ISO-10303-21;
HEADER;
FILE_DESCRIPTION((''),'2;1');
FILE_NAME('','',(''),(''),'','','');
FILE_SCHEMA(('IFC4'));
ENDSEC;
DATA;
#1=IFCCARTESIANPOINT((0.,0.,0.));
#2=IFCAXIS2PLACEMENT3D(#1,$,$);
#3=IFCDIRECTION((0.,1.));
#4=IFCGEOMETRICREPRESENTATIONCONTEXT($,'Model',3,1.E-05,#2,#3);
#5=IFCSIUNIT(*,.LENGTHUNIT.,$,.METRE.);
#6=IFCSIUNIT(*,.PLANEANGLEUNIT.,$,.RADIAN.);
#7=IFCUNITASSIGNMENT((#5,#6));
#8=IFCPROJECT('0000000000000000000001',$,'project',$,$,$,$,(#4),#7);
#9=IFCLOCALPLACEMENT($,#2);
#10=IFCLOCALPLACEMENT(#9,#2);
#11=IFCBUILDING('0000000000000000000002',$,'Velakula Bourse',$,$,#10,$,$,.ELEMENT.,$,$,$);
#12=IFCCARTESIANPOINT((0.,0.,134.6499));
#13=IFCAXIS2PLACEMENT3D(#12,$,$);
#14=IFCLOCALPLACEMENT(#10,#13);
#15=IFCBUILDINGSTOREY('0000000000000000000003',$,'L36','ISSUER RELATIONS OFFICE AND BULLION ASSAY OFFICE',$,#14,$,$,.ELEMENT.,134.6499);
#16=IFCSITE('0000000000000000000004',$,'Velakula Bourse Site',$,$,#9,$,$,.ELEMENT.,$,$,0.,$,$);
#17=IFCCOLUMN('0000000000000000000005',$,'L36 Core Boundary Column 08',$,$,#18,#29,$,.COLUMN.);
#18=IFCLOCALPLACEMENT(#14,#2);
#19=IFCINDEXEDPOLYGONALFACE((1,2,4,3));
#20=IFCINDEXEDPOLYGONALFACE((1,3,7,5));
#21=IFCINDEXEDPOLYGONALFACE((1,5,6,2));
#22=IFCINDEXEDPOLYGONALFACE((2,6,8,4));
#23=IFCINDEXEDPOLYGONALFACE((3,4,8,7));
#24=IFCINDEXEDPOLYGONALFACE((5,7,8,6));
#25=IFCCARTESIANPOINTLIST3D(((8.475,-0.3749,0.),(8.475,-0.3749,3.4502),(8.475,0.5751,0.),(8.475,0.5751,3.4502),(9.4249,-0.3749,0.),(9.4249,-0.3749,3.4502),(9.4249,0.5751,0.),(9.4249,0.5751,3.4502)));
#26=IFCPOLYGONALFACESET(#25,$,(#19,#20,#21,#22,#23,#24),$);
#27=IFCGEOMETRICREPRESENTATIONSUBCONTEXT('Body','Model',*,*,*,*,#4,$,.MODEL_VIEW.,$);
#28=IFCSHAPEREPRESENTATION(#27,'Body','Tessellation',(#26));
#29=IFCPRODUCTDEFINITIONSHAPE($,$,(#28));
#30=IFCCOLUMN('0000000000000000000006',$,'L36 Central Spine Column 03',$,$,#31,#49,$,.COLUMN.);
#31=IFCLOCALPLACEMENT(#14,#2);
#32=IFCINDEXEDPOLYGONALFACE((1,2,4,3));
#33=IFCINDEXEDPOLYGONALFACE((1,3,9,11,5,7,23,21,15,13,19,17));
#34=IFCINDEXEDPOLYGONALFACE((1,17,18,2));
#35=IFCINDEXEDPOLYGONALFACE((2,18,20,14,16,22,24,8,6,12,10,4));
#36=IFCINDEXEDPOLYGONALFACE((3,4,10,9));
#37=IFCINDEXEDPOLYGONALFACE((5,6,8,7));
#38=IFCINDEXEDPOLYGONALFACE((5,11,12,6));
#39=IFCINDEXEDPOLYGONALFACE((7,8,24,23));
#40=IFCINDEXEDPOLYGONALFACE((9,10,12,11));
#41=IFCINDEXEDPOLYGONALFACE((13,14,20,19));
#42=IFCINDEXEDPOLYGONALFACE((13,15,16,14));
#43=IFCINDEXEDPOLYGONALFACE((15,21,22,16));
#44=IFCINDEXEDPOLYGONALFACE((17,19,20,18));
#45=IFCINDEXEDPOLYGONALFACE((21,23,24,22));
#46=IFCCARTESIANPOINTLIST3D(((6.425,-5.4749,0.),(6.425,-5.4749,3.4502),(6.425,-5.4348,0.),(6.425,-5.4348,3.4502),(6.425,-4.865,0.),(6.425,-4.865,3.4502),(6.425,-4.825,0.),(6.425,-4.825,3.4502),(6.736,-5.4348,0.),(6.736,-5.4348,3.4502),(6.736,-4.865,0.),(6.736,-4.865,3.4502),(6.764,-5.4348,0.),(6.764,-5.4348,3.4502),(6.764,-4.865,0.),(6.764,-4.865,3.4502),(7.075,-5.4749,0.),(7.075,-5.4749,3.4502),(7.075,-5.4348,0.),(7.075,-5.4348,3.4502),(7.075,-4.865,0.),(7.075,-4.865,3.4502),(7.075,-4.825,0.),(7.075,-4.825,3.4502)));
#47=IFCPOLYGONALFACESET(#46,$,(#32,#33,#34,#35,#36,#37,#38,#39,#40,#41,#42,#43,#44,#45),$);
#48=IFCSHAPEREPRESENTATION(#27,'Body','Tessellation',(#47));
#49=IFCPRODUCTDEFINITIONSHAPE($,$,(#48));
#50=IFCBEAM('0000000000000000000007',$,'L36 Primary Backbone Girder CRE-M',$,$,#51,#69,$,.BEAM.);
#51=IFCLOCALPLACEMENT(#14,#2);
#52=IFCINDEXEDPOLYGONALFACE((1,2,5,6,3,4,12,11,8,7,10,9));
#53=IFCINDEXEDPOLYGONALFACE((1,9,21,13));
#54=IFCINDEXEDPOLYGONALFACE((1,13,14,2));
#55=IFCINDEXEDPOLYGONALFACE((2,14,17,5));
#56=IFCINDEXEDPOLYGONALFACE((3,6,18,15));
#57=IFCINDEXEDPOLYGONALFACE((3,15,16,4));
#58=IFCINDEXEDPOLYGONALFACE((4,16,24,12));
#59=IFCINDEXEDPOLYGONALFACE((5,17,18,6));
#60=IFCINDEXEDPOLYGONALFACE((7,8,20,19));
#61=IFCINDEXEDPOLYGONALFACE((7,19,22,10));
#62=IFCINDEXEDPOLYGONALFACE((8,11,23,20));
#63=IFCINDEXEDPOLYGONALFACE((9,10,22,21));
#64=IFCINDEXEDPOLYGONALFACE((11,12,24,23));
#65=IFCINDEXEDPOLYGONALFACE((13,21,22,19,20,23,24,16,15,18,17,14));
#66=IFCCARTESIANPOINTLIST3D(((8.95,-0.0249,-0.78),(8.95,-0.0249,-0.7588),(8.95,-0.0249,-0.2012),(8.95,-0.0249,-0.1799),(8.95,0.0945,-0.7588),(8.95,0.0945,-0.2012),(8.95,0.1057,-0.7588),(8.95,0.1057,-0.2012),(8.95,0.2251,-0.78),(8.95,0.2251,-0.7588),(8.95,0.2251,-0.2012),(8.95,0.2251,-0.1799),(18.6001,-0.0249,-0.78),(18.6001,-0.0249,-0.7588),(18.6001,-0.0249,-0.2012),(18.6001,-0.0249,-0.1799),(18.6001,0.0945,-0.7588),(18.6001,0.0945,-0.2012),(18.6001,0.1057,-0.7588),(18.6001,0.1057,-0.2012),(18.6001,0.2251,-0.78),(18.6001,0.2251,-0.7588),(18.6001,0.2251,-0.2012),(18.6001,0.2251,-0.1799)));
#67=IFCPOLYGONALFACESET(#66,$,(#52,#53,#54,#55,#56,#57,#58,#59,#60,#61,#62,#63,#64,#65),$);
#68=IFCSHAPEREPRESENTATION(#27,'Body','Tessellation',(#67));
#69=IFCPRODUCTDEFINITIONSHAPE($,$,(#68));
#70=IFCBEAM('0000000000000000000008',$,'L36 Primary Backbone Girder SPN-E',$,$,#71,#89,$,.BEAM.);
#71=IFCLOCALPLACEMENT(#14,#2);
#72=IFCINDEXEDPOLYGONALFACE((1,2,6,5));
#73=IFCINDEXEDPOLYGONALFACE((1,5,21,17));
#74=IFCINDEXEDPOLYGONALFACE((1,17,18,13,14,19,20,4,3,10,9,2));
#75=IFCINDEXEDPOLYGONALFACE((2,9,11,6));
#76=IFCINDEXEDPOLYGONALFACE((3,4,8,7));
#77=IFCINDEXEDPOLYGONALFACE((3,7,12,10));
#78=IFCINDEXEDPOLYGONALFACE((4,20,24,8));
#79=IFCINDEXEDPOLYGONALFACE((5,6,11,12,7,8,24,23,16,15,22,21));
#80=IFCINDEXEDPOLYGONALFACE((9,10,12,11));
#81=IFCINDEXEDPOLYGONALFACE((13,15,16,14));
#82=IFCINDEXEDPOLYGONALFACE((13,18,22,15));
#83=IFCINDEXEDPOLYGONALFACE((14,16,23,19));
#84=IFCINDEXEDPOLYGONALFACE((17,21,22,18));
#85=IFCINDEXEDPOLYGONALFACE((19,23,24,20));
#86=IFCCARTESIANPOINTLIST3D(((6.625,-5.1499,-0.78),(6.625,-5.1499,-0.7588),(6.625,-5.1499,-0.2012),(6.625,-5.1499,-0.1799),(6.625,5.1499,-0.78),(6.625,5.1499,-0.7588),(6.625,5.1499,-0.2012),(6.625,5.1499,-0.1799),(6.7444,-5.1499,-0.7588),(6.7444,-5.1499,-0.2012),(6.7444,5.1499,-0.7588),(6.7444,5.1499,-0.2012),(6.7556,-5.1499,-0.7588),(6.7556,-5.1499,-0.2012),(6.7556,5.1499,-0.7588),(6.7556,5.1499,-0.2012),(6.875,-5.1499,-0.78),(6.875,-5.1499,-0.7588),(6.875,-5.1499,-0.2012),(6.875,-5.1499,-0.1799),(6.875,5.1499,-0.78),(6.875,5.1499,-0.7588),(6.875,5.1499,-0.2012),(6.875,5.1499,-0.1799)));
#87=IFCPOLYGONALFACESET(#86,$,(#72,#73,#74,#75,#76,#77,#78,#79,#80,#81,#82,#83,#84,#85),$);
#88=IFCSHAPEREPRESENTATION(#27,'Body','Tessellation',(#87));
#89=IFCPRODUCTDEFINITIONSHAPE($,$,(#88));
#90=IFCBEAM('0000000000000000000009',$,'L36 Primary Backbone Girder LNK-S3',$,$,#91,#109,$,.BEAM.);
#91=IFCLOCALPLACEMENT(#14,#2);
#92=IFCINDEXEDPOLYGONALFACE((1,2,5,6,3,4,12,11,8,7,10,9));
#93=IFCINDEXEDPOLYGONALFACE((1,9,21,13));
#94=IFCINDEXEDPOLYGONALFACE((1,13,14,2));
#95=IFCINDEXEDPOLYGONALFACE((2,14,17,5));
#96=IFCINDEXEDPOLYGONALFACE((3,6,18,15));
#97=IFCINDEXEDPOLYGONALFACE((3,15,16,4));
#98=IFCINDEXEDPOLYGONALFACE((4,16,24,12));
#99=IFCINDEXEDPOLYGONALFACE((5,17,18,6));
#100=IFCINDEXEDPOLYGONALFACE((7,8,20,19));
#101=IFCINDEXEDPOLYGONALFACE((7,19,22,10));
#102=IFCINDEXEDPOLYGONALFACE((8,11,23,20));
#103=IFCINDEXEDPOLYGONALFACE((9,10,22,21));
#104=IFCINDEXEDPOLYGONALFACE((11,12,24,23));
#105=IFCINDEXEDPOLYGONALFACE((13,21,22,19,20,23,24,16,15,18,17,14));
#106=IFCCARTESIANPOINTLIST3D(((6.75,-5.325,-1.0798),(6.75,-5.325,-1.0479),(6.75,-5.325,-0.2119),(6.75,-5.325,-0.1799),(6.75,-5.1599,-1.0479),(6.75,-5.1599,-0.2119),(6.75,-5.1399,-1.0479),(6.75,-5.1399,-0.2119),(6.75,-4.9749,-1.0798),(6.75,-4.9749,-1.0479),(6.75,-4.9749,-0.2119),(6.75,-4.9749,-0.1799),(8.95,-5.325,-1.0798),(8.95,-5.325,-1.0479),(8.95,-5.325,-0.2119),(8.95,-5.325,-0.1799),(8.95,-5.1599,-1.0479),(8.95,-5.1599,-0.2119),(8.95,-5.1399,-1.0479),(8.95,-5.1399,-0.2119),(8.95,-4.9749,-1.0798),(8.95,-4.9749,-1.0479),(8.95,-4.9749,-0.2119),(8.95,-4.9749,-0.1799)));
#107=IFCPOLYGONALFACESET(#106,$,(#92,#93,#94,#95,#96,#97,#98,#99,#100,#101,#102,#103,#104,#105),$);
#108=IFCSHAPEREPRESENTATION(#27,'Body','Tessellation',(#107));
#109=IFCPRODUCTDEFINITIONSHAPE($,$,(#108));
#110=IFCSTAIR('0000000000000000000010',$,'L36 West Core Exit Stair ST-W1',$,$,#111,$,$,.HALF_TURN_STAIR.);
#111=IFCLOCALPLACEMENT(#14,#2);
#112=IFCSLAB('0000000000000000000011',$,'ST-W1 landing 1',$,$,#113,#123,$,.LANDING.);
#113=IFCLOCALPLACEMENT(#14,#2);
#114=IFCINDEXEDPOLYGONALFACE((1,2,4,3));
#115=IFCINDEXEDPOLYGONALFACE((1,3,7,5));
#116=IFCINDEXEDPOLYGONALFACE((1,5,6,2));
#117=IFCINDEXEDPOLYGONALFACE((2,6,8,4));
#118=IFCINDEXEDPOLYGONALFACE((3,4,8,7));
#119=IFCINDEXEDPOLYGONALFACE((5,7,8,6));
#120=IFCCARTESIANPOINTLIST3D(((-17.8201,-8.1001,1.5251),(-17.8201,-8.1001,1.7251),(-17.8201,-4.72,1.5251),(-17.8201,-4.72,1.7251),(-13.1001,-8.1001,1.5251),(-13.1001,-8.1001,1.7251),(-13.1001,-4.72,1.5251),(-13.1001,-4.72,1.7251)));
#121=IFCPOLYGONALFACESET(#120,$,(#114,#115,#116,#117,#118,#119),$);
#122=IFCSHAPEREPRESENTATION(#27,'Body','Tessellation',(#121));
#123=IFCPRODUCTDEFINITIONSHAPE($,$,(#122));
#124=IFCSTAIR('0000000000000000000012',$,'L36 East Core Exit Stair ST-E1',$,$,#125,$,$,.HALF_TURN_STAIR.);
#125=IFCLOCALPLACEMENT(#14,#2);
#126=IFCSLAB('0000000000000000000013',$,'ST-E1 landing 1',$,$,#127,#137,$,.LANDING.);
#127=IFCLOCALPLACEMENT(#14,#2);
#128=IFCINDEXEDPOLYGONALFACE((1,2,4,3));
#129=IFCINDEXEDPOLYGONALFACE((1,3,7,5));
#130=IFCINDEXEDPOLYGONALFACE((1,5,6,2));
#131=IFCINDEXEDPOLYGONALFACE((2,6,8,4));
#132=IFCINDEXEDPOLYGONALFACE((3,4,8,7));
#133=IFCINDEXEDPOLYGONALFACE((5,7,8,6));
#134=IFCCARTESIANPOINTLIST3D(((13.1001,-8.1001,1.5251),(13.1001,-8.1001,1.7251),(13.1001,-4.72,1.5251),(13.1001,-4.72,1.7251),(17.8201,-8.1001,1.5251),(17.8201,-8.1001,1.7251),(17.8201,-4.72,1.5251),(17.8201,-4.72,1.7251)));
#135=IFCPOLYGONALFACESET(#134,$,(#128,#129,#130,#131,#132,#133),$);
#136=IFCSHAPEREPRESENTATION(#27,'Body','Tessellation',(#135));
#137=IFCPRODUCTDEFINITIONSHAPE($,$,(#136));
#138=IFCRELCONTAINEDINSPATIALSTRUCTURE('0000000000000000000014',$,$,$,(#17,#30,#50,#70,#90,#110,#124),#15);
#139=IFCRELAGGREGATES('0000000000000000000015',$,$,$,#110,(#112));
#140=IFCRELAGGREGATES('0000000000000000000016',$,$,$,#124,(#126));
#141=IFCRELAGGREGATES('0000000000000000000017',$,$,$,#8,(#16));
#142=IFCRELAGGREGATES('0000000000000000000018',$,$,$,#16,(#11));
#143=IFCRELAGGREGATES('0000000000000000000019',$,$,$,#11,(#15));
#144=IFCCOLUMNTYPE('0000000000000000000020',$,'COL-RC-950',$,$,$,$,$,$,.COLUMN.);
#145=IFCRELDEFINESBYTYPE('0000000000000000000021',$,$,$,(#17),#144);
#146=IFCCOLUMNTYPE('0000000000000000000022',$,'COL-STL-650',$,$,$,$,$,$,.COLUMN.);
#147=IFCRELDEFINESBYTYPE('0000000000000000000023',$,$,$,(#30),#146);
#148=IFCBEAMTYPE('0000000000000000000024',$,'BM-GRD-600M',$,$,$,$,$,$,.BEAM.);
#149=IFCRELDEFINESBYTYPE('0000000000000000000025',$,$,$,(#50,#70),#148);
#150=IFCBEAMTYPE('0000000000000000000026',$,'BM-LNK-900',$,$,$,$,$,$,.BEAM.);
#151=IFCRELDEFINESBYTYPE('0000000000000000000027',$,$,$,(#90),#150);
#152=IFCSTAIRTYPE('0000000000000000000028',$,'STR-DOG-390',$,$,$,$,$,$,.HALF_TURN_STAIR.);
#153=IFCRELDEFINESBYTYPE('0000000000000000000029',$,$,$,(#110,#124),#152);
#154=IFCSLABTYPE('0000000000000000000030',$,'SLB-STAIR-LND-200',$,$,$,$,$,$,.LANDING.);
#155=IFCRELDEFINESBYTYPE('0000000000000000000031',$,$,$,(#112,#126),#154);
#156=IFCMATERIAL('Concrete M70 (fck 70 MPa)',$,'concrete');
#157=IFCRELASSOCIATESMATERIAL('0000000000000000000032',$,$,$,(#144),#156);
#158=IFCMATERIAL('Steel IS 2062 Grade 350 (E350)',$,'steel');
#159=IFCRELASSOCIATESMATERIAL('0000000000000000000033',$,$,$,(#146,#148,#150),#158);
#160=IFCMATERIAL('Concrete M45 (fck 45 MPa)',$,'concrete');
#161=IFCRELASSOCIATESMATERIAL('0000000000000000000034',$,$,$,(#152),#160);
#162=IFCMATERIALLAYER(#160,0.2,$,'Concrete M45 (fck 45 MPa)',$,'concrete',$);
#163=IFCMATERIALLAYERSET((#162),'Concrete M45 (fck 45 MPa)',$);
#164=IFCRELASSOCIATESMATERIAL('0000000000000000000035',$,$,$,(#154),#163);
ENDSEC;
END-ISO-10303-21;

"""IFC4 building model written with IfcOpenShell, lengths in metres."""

from ifc_helpers import new_model, si_unit, direction, frame, origin, origin_2d, place, context, subcontext, project, spatial, polyline, rectangle, i_section, outline, extrude, material, layer, layer_set, material_profile, profile_set, type_object, element, aggregate, save


model = new_model("IFC4")

# Units and contexts
model_context = context("Model", 3, precision=1e-05, world=origin(), true_north=direction((0.0, 1.0)))
body_context = subcontext(model_context, "Body", "Model", "MODEL_VIEW")
ifc_project = project(units=[si_unit("LENGTHUNIT", "METRE"), si_unit("PLANEANGLEUNIT", "RADIAN")], contexts=[model_context])

# Site, building, storey
site_placement = place(None, origin())
site = spatial("IfcSite", under=ifc_project, at=site_placement, Name="Velakula Bourse Site", CompositionType="ELEMENT", RefElevation=0.0)
building_placement = place(site_placement, origin())
building = spatial("IfcBuilding", under=site, at=building_placement, Name="Velakula Bourse", CompositionType="ELEMENT")
storey_placement = place(building_placement, frame((0.0, 0.0, 134.6499)))
storey = spatial("IfcBuildingStorey", under=building, at=storey_placement, Name="L36", Description="ISSUER RELATIONS OFFICE AND BULLION ASSAY OFFICE", CompositionType="ELEMENT", Elevation=134.6499)

# Columns
ifc_material_1 = material(Name="Concrete M70 (fck 70 MPa)", Category="concrete")
ifc_material_profile_1 = material_profile(ifc_material_1, rectangle(XDim=0.95, YDim=0.95, at=origin_2d()), Name="Concrete M70 (fck 70 MPa)")
ifc_profile_set_1 = profile_set([ifc_material_profile_1], Name="Concrete M70 (fck 70 MPa)")
column_type_1 = type_object("IfcColumnType", Name="COL-RC-950", PredefinedType="COLUMN", material=ifc_profile_set_1)
column_1_placement = place(storey_placement, frame((8.95, 0.1001, 0.0), z_axis=(0.0, 0.0, 1.0), x_axis=(1.0, 0.0, 0.0)))
element("IfcColumn", 1, at=column_1_placement, inside=storey, type_object=column_type_1, Name="L36 Core Boundary Column 08", PredefinedType="COLUMN", context=body_context, shape_type="SweptSolid", body=[
    extrude(rectangle(XDim=0.95, YDim=0.95, at=origin_2d()), origin(), (0.0, 0.0, 1.0), 3.4502),
])
ifc_material_2 = material(Name="Steel IS 2062 Grade 350 (E350)", Category="steel")
ifc_material_profile_2 = material_profile(ifc_material_2, i_section(OverallWidth=0.6499, OverallDepth=0.6499, WebThickness=0.0281, FlangeThickness=0.04, at=origin_2d()), Name="Steel IS 2062 Grade 350 (E350)")
ifc_profile_set_2 = profile_set([ifc_material_profile_2], Name="Steel IS 2062 Grade 350 (E350)")
column_type_2 = type_object("IfcColumnType", Name="COL-STL-650", PredefinedType="COLUMN", material=ifc_profile_set_2)
column_2_placement = place(storey_placement, frame((6.75, -5.1499, 0.0), z_axis=(0.0, 0.0, 1.0), x_axis=(1.0, 0.0, 0.0)))
element("IfcColumn", 2, at=column_2_placement, inside=storey, type_object=column_type_2, Name="L36 Central Spine Column 03", PredefinedType="COLUMN", context=body_context, shape_type="SweptSolid", body=[
    extrude(i_section(OverallWidth=0.6499, OverallDepth=0.6499, WebThickness=0.0281, FlangeThickness=0.04, at=origin_2d()), origin(), (0.0, 0.0, 1.0), 3.4502),
])

# Beams
ifc_material_profile_3 = material_profile(ifc_material_2, i_section(OverallWidth=0.25, OverallDepth=0.6001, WebThickness=0.0112, FlangeThickness=0.0212, at=origin_2d()), Name="Steel IS 2062 Grade 350 (E350)")
ifc_profile_set_3 = profile_set([ifc_material_profile_3], Name="Steel IS 2062 Grade 350 (E350)")
beam_type_1 = type_object("IfcBeamType", Name="BM-GRD-600M", PredefinedType="BEAM", material=ifc_profile_set_3)
beam_1_placement = place(storey_placement, frame((8.95, 0.1001, -0.48), z_axis=(1.0, 0.0, 0.0), x_axis=(0.0, 1.0, 0.0)))
element("IfcBeam", 3, at=beam_1_placement, inside=storey, type_object=beam_type_1, Name="L36 Primary Backbone Girder CRE-M", PredefinedType="BEAM", context=body_context, shape_type="SweptSolid", body=[
    extrude(i_section(OverallWidth=0.25, OverallDepth=0.6001, WebThickness=0.0112, FlangeThickness=0.0212, at=origin_2d()), origin(), (0.0, 0.0, 1.0), 9.6501),
])
beam_2_placement = place(storey_placement, frame((6.75, -5.1499, -0.48), z_axis=(0.0, 1.0, 0.0), x_axis=(-1.0, 0.0, 0.0)))
element("IfcBeam", 4, at=beam_2_placement, inside=storey, type_object=beam_type_1, Name="L36 Primary Backbone Girder SPN-E", PredefinedType="BEAM", context=body_context, shape_type="SweptSolid", body=[
    extrude(i_section(OverallWidth=0.25, OverallDepth=0.6001, WebThickness=0.0112, FlangeThickness=0.0212, at=origin_2d()), origin(), (0.0, 0.0, 1.0), 10.2998),
])
ifc_material_profile_4 = material_profile(ifc_material_2, i_section(OverallWidth=0.3501, OverallDepth=0.8999, WebThickness=0.02, FlangeThickness=0.032, at=origin_2d()), Name="Steel IS 2062 Grade 350 (E350)")
ifc_profile_set_4 = profile_set([ifc_material_profile_4], Name="Steel IS 2062 Grade 350 (E350)")
beam_type_2 = type_object("IfcBeamType", Name="BM-LNK-900", PredefinedType="BEAM", material=ifc_profile_set_4)
beam_3_placement = place(storey_placement, frame((6.75, -5.1499, -0.6299), z_axis=(1.0, 0.0, 0.0), x_axis=(0.0, 1.0, 0.0)))
element("IfcBeam", 5, at=beam_3_placement, inside=storey, type_object=beam_type_2, Name="L36 Primary Backbone Girder LNK-S3", PredefinedType="BEAM", context=body_context, shape_type="SweptSolid", body=[
    extrude(i_section(OverallWidth=0.3501, OverallDepth=0.8999, WebThickness=0.02, FlangeThickness=0.032, at=origin_2d()), origin(), (0.0, 0.0, 1.0), 2.2),
])

# Stairs, slabs
ifc_material_3 = material(Name="Concrete M45 (fck 45 MPa)", Category="concrete")
stair_type = type_object("IfcStairType", Name="STR-DOG-390", PredefinedType="HALF_TURN_STAIR", material=ifc_material_3)
stair_1_placement = place(storey_placement, origin())
stair_1 = element("IfcStair", 6, at=stair_1_placement, inside=storey, type_object=stair_type, Name="L36 West Core Exit Stair ST-W1", PredefinedType="HALF_TURN_STAIR")
ifc_layer_1 = layer(ifc_material_3, 0.2, Name="Concrete M45 (fck 45 MPa)", Category="concrete")
ifc_layer_set_1 = layer_set([ifc_layer_1], Name="Concrete M45 (fck 45 MPa)")
slab_type_1 = type_object("IfcSlabType", Name="SLB-STAIR-LND-200", PredefinedType="LANDING", material=ifc_layer_set_1)
slab_1_placement = place(storey_placement, frame((0.0, 0.0, 1.5251)))
slab_1 = element("IfcSlab", 7, at=slab_1_placement, type_object=slab_type_1, Name="ST-W1 landing 1", PredefinedType="LANDING", context=body_context, shape_type="SweptSolid", body=[
    extrude(outline(polyline([(-17.8201, -4.72), (-17.8201, -8.1001), (-13.1001, -8.1001), (-13.1001, -4.72), (-17.8201, -4.72)])), origin(), (0.0, 0.0, 1.0), 0.2),
])
aggregate(stair_1, [slab_1])
stair_2_placement = place(storey_placement, origin())
stair_2 = element("IfcStair", 8, at=stair_2_placement, inside=storey, type_object=stair_type, Name="L36 East Core Exit Stair ST-E1", PredefinedType="HALF_TURN_STAIR")
slab_2_placement = place(storey_placement, frame((0.0, 0.0, 1.5251)))
slab_2 = element("IfcSlab", 9, at=slab_2_placement, type_object=slab_type_1, Name="ST-E1 landing 1", PredefinedType="LANDING", context=body_context, shape_type="SweptSolid", body=[
    extrude(outline(polyline([(13.1001, -4.72), (13.1001, -8.1001), (17.8201, -8.1001), (17.8201, -4.72), (13.1001, -4.72)])), origin(), (0.0, 0.0, 1.0), 0.2),
])

aggregate(stair_2, [slab_2])

save(model, "model.ifc")
